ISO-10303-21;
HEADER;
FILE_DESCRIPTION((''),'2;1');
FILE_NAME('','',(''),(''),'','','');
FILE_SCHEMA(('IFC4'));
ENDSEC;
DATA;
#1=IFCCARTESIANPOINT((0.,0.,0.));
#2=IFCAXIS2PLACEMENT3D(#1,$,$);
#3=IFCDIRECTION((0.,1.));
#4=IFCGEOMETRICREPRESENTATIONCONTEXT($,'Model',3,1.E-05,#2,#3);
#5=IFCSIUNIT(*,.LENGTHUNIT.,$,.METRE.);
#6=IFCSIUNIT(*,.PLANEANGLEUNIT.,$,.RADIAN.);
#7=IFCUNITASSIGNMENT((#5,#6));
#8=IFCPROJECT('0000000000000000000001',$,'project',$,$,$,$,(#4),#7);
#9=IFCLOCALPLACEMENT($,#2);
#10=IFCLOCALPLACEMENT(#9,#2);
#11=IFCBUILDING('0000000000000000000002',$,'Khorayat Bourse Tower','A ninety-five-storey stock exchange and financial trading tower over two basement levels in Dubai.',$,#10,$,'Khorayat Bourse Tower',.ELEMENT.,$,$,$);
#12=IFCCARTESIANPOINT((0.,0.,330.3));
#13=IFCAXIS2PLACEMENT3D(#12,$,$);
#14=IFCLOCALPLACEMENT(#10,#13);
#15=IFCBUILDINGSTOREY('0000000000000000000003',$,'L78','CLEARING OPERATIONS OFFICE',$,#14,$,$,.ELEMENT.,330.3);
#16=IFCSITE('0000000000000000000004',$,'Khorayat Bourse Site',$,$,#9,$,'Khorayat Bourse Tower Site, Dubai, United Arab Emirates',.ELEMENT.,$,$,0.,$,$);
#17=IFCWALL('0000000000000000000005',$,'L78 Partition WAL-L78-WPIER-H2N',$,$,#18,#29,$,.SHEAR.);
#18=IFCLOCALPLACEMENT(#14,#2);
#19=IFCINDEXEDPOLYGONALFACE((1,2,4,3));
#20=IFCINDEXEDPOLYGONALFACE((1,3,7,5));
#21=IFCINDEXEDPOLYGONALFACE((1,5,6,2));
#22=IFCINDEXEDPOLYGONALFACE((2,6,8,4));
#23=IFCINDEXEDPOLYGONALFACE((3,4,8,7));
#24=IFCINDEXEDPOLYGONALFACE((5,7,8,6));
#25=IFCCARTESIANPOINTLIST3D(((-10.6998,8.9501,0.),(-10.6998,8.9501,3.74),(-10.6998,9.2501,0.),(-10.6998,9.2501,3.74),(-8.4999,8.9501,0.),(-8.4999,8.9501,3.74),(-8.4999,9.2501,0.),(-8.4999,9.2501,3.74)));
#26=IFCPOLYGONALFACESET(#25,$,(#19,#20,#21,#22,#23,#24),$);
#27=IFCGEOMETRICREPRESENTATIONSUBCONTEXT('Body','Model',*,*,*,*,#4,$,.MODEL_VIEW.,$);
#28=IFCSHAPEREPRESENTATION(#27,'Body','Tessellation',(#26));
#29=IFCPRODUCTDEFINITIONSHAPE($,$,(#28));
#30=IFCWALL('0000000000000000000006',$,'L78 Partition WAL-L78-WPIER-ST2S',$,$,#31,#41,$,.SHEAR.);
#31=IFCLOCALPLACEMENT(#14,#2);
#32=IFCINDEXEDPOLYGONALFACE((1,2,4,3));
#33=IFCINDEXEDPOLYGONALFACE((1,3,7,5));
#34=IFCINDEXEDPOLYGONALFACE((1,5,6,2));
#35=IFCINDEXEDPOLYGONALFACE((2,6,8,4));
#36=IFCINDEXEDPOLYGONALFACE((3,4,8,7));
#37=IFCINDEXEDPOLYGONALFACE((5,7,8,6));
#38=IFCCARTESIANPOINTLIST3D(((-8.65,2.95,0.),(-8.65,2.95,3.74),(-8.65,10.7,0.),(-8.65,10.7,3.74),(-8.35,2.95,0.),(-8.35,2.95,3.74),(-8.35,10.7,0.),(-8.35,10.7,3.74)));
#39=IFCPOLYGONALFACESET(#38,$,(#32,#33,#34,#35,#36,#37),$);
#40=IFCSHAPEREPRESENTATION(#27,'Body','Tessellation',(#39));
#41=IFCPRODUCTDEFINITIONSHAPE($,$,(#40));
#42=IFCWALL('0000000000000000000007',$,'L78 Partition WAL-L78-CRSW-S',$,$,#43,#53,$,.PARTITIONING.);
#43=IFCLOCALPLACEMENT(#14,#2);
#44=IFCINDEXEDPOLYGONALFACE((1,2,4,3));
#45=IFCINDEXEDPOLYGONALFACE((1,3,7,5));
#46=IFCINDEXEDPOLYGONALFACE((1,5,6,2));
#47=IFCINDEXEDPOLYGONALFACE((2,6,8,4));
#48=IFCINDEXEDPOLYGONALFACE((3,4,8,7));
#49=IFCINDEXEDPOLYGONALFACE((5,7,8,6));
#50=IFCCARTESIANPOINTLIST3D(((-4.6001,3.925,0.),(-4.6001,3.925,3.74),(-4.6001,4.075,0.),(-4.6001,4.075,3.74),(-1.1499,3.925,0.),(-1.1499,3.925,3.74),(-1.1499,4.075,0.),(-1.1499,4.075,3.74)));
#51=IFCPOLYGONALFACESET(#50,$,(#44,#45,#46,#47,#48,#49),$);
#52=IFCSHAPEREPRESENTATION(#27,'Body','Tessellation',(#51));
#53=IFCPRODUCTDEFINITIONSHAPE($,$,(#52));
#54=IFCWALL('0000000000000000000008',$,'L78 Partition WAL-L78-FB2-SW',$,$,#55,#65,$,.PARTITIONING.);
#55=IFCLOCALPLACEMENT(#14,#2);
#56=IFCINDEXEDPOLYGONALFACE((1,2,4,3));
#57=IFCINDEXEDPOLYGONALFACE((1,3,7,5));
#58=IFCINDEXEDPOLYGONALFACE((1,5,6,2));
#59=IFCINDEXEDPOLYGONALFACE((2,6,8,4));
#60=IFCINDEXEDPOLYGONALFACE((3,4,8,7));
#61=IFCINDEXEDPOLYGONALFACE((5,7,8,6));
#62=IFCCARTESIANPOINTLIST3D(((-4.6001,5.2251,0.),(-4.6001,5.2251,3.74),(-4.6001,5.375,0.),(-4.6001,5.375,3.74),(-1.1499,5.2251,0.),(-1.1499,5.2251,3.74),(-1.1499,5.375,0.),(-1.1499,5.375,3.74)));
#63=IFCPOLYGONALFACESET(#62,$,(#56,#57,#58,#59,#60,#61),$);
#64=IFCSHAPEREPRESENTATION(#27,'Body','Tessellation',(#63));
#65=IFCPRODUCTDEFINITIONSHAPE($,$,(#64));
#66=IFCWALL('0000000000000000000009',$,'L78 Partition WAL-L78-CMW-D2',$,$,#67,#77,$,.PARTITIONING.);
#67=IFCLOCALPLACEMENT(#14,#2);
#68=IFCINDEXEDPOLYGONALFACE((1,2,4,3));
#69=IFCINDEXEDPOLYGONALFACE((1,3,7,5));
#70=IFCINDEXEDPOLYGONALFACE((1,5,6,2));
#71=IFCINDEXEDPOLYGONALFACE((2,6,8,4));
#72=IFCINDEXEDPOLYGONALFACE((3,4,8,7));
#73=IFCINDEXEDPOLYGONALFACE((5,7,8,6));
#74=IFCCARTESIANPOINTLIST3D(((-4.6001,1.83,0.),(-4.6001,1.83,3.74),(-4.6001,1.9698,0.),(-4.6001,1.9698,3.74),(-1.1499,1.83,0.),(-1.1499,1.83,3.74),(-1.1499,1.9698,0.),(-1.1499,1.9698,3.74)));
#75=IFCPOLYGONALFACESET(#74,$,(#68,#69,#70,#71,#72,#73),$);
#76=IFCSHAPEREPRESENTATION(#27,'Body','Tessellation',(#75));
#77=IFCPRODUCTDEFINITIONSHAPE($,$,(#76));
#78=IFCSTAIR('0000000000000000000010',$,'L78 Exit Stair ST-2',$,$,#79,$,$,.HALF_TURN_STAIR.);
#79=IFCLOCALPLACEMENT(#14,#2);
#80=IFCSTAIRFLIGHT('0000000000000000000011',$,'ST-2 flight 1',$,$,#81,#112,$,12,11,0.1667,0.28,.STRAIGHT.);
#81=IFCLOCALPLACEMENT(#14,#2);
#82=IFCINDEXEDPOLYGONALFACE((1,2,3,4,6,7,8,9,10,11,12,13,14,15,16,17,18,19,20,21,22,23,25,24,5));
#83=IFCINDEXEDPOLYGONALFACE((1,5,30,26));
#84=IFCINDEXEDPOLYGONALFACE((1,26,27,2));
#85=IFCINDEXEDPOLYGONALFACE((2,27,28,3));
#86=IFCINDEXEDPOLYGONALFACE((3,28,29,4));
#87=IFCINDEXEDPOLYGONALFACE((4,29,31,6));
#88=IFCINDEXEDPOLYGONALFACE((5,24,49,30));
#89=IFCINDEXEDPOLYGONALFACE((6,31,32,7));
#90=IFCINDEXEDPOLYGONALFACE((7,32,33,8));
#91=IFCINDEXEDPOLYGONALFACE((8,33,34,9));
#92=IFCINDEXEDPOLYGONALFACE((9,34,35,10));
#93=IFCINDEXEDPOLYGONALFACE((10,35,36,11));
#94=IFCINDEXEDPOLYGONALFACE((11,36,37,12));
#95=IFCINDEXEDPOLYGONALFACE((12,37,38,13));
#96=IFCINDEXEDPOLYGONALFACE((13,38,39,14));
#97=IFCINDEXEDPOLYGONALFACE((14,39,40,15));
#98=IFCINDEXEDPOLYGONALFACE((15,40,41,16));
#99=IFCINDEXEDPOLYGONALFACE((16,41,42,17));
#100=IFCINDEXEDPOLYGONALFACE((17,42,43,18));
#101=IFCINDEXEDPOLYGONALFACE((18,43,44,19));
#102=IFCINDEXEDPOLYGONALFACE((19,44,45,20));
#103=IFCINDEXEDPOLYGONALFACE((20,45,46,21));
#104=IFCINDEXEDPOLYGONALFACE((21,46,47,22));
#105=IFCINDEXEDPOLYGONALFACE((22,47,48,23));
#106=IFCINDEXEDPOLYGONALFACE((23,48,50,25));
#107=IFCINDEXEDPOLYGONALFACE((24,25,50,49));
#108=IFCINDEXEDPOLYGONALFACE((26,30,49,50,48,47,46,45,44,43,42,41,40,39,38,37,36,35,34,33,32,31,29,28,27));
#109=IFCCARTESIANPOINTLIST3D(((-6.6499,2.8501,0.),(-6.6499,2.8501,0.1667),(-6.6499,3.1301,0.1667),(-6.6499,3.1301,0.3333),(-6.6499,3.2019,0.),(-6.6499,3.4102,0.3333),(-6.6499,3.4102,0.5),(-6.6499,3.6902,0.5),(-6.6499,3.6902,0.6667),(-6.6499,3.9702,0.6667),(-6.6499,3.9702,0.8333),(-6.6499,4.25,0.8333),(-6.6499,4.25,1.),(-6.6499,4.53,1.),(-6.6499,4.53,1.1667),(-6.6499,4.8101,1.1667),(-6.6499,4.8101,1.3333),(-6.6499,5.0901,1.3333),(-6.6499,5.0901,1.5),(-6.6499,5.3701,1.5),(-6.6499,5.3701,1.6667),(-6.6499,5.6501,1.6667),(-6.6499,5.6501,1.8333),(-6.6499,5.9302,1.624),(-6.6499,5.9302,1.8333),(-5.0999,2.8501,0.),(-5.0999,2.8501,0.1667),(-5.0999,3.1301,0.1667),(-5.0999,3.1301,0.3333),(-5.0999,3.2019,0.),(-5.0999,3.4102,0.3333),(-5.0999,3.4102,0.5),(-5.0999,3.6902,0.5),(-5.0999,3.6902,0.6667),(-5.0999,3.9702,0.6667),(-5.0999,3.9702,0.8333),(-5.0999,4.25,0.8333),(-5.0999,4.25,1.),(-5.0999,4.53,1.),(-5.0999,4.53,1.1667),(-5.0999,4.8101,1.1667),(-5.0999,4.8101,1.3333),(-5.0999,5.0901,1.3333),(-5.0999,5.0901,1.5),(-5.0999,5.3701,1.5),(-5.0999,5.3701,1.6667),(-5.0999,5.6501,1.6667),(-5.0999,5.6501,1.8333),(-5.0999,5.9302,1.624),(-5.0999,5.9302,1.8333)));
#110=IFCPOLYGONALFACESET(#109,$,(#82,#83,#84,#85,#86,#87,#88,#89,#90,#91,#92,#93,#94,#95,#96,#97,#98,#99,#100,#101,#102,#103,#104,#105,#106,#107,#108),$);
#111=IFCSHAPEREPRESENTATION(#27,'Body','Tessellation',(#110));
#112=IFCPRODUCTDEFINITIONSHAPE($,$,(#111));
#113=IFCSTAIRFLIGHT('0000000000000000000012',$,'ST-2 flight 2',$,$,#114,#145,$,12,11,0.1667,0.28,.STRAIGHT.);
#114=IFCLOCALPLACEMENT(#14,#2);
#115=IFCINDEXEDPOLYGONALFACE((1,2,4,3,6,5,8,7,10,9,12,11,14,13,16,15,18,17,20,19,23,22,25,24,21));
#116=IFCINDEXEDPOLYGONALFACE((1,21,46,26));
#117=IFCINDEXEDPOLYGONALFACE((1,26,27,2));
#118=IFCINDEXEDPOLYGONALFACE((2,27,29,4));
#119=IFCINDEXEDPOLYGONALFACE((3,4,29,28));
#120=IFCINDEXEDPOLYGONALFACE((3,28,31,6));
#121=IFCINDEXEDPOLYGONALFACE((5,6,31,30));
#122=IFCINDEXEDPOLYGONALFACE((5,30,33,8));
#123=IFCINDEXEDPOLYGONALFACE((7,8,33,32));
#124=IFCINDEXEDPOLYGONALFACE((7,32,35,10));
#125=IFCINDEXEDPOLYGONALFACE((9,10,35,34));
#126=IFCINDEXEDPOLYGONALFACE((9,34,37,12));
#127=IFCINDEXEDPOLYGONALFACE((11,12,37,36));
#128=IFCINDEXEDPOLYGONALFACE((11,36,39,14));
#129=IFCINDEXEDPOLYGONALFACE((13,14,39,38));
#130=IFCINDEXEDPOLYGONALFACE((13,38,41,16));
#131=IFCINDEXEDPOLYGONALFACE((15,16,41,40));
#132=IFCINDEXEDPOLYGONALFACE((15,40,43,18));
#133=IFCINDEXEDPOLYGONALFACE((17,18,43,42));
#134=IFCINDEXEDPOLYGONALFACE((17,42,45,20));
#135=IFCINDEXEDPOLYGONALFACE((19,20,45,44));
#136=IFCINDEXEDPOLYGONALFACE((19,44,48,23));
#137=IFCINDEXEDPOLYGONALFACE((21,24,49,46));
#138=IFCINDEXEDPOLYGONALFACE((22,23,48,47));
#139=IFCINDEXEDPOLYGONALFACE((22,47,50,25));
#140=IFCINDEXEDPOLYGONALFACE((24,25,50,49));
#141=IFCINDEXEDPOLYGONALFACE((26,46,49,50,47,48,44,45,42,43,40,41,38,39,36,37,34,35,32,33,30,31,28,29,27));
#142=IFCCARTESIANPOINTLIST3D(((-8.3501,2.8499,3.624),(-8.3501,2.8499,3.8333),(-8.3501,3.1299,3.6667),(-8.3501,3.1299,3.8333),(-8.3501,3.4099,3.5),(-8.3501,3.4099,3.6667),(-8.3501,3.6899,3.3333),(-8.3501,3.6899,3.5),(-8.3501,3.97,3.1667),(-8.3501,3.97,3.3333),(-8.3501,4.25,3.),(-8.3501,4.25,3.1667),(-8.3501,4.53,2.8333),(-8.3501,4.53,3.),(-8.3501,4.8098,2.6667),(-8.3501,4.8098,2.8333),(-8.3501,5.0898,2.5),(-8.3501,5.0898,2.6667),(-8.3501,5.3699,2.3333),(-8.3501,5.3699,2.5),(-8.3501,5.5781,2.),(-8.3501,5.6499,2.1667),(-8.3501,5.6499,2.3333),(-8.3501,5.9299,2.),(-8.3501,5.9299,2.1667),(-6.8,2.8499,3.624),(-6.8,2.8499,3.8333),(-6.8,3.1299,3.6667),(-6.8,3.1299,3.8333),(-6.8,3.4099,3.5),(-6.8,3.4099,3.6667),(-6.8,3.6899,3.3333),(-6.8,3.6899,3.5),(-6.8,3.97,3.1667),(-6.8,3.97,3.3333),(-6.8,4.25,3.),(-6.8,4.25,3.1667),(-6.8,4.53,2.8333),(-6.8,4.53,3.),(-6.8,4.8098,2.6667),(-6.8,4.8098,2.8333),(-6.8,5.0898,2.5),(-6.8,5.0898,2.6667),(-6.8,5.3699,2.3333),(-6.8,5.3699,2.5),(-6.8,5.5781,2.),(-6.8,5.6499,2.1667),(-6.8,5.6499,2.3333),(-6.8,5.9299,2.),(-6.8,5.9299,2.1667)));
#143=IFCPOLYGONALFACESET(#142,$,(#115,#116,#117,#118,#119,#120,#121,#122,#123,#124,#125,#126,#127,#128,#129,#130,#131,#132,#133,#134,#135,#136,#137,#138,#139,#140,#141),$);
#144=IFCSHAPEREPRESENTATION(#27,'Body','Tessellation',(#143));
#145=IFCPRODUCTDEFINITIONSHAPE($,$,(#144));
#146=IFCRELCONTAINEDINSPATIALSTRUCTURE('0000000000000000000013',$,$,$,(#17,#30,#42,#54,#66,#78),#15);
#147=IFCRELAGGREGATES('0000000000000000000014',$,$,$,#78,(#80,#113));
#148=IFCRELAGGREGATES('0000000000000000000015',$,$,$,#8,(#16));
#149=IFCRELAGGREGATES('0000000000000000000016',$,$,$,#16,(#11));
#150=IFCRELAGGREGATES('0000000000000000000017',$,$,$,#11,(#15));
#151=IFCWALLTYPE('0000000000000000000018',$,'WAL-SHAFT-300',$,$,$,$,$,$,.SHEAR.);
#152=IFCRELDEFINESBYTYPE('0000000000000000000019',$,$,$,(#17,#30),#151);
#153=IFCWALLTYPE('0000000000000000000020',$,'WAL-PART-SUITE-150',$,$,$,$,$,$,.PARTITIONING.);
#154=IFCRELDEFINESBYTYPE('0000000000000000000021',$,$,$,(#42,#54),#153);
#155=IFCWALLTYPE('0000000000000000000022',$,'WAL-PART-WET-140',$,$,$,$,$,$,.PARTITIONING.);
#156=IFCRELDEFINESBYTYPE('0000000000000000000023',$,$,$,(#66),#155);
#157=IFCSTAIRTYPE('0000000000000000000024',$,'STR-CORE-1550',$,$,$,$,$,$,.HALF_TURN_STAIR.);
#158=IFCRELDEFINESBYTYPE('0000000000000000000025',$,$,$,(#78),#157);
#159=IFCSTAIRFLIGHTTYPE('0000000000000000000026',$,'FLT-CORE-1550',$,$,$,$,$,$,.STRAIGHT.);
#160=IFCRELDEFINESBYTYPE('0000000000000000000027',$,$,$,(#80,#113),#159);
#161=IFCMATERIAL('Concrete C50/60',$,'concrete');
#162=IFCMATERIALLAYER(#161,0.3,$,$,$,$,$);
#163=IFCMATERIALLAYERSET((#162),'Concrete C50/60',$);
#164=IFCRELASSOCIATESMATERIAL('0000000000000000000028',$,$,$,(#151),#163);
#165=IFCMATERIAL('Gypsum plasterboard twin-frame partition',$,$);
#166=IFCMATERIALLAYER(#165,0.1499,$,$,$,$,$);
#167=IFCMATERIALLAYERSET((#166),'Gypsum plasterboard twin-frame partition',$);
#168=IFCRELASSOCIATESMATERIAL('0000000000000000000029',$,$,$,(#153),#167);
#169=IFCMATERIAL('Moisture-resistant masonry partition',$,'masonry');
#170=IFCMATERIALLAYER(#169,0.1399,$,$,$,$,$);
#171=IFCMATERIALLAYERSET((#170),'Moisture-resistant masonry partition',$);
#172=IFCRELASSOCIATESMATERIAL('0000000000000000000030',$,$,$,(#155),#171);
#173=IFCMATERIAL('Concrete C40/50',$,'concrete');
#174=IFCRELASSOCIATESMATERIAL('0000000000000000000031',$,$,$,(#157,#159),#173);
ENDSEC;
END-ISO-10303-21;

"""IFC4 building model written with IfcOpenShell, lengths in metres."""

from ifc_helpers import new_model, si_unit, direction, frame, frame_2d, origin, place, context, subcontext, project, spatial, polyline, rectangle, outline, extrude, source, transform, mapped, material, layer, layer_set, type_object, element, aggregate, save


model = new_model("IFC4")

# Units and contexts
model_context = context("Model", 3, precision=1e-05, world=origin(), true_north=direction((0.0, 1.0)))
body_context = subcontext(model_context, "Body", "Model", "MODEL_VIEW")
ifc_project = project(units=[si_unit("LENGTHUNIT", "METRE"), si_unit("PLANEANGLEUNIT", "RADIAN")], contexts=[model_context])

# Site, building, storey
site_placement = place(None, origin())
site = spatial("IfcSite", under=ifc_project, at=site_placement, Name="Khorayat Bourse Site", LongName="Khorayat Bourse Tower Site, Dubai, United Arab Emirates", CompositionType="ELEMENT", RefElevation=0.0)
building_placement = place(site_placement, origin())
building = spatial("IfcBuilding", under=site, at=building_placement, Name="Khorayat Bourse Tower", Description="A ninety-five-storey stock exchange and financial trading tower over two basement levels in Dubai.", LongName="Khorayat Bourse Tower", CompositionType="ELEMENT")
storey_placement = place(building_placement, frame((0.0, 0.0, 330.3)))
storey = spatial("IfcBuildingStorey", under=building, at=storey_placement, Name="L78", Description="CLEARING OPERATIONS OFFICE", CompositionType="ELEMENT", Elevation=330.3)

# Walls
ifc_material_1 = material(Name="Concrete C50/60", Category="concrete")
ifc_layer_1 = layer(ifc_material_1, 0.3)
ifc_layer_set_1 = layer_set([ifc_layer_1], Name="Concrete C50/60")
wall_type_1 = type_object("IfcWallType", Name="WAL-SHAFT-300", PredefinedType="SHEAR", material=ifc_layer_set_1)
shared_shape_1 = source(origin(), body_context, "Body", "SweptSolid", [
    extrude(rectangle(XDim=2.2, YDim=0.3, at=frame_2d((1.1001, 0.0))), origin(), (0.0, 0.0, 1.0), 3.74),
])
for number, where, z_axis, x_axis, name in (
    (1, (-10.7, 9.1001, 0.0), (0.0, 0.0, 1.0), (1.0, 0.0, 0.0), "L78 Partition WAL-L78-WPIER-H2N"),
):
    element("IfcWall", number, at=place(storey_placement, frame(where, z_axis=z_axis, x_axis=x_axis)), inside=storey, type_object=wall_type_1, Name=name, PredefinedType="SHEAR", context=body_context, shape_type="MappedRepresentation", body=[
        mapped(shared_shape_1, transform((0.0, 0.0, 0.0), scale=1.0)),
    ])
shared_shape_2 = source(origin(), body_context, "Body", "SweptSolid", [
    extrude(rectangle(XDim=7.75, YDim=0.3, at=frame_2d((3.875, 0.0))), origin(), (0.0, 0.0, 1.0), 3.74),
])
wall_1_placement = place(storey_placement, frame((-8.5, 2.95, 0.0), z_axis=(0.0, 0.0, 1.0), x_axis=(0.0, 1.0, 0.0)))
element("IfcWall", 2, at=wall_1_placement, inside=storey, type_object=wall_type_1, Name="L78 Partition WAL-L78-WPIER-ST2S", PredefinedType="SHEAR", context=body_context, shape_type="MappedRepresentation", body=[
    mapped(shared_shape_2, transform((0.0, 0.0, 0.0), scale=1.0)),
])
ifc_material_2 = material(Name="Gypsum plasterboard twin-frame partition")
ifc_layer_2 = layer(ifc_material_2, 0.1499)
ifc_layer_set_2 = layer_set([ifc_layer_2], Name="Gypsum plasterboard twin-frame partition")
wall_type_2 = type_object("IfcWallType", Name="WAL-PART-SUITE-150", PredefinedType="PARTITIONING", material=ifc_layer_set_2)
shared_shape_3 = source(origin(), body_context, "Body", "SweptSolid", [
    extrude(rectangle(XDim=3.4502, YDim=0.1499, at=frame_2d((1.7251, 0.0))), origin(), (0.0, 0.0, 1.0), 3.74),
])
for number, where, z_axis, x_axis, name in (
    (3, (-4.6001, 4.0, 0.0), (0.0, 0.0, 1.0), (1.0, 0.0, 0.0), "L78 Partition WAL-L78-CRSW-S"),
    (4, (-4.6001, 5.3, 0.0), (0.0, 0.0, 1.0), (1.0, 0.0, 0.0), "L78 Partition WAL-L78-FB2-SW"),
):
    element("IfcWall", number, at=place(storey_placement, frame(where, z_axis=z_axis, x_axis=x_axis)), inside=storey, type_object=wall_type_2, Name=name, PredefinedType="PARTITIONING", context=body_context, shape_type="MappedRepresentation", body=[
        mapped(shared_shape_3, transform((0.0, 0.0, 0.0), scale=1.0)),
    ])
ifc_material_3 = material(Name="Moisture-resistant masonry partition", Category="masonry")
ifc_layer_3 = layer(ifc_material_3, 0.1399)
ifc_layer_set_3 = layer_set([ifc_layer_3], Name="Moisture-resistant masonry partition")
wall_type_3 = type_object("IfcWallType", Name="WAL-PART-WET-140", PredefinedType="PARTITIONING", material=ifc_layer_set_3)
shared_shape_4 = source(origin(), body_context, "Body", "SweptSolid", [
    extrude(rectangle(XDim=3.4502, YDim=0.1399, at=frame_2d((1.7251, 0.0))), origin(), (0.0, 0.0, 1.0), 3.74),
])
wall_2_placement = place(storey_placement, frame((-4.6001, 1.8999, 0.0), z_axis=(0.0, 0.0, 1.0), x_axis=(1.0, 0.0, 0.0)))
element("IfcWall", 5, at=wall_2_placement, inside=storey, type_object=wall_type_3, Name="L78 Partition WAL-L78-CMW-D2", PredefinedType="PARTITIONING", context=body_context, shape_type="MappedRepresentation", body=[
    mapped(shared_shape_4, transform((0.0, 0.0, 0.0), scale=1.0)),
])

# Stair, stair flights
ifc_material_4 = material(Name="Concrete C40/50", Category="concrete")
stair_type = type_object("IfcStairType", Name="STR-CORE-1550", PredefinedType="HALF_TURN_STAIR", material=ifc_material_4)
stair_placement = place(storey_placement, origin())
stair = element("IfcStair", 6, at=stair_placement, inside=storey, type_object=stair_type, Name="L78 Exit Stair ST-2", PredefinedType="HALF_TURN_STAIR")
stair_flight_type = type_object("IfcStairFlightType", Name="FLT-CORE-1550", PredefinedType="STRAIGHT", material=ifc_material_4)
shared_shape_5 = source(origin(), body_context, "Body", "SweptSolid", [
    extrude(outline(polyline([(0.0, 0.0), (0.0, 0.1667), (0.28, 0.1667), (0.28, 0.3333), (0.5601, 0.3333), (0.5601, 0.5), (0.8401, 0.5), (0.8401, 0.6667), (1.1201, 0.6667), (1.1201, 0.8333), (1.3999, 0.8333), (1.3999, 1.0), (1.6799, 1.0), (1.6799, 1.1667), (1.96, 1.1667), (1.96, 1.3333), (2.24, 1.3333), (2.24, 1.5), (2.52, 1.5), (2.52, 1.6667), (2.8, 1.6667), (2.8, 1.8333), (3.0801, 1.8333), (3.0801, 2.0), (3.0801, 1.624), (0.3518, 0.0), (0.0, 0.0)])), frame((0.0, 0.7749, 0.0), z_axis=(0.0, -1.0, 0.0), x_axis=(1.0, 0.0, 0.0)), (0.0, 0.0, 1.0), 1.55),
])
stair_flight_1_placement = place(storey_placement, frame((-5.875, 2.8501, 0.0), z_axis=(0.0, 0.0, 1.0), x_axis=(0.0, 1.0, 0.0)))
stair_flight_1 = element("IfcStairFlight", 7, at=stair_flight_1_placement, type_object=stair_flight_type, Name="ST-2 flight 1", NumberOfRisers=12, NumberOfTreads=11, PredefinedType="STRAIGHT", RiserHeight=0.1667, TreadLength=0.28, context=body_context, shape_type="MappedRepresentation", body=[
    mapped(shared_shape_5, transform((0.0, 0.0, 0.0), scale=1.0)),
])
stair_flight_2_placement = place(storey_placement, frame((-7.575, 5.9299, 2.0), z_axis=(0.0, 0.0, 1.0), x_axis=(0.0, -1.0, 0.0)))
stair_flight_2 = element("IfcStairFlight", 8, at=stair_flight_2_placement, type_object=stair_flight_type, Name="ST-2 flight 2", NumberOfRisers=12, NumberOfTreads=11, PredefinedType="STRAIGHT", RiserHeight=0.1667, TreadLength=0.28, context=body_context, shape_type="MappedRepresentation", body=[
    mapped(shared_shape_5, transform((0.0, 0.0, 0.0), scale=1.0)),
])
aggregate(stair, [stair_flight_1, stair_flight_2])

save(model, "model.ifc")
